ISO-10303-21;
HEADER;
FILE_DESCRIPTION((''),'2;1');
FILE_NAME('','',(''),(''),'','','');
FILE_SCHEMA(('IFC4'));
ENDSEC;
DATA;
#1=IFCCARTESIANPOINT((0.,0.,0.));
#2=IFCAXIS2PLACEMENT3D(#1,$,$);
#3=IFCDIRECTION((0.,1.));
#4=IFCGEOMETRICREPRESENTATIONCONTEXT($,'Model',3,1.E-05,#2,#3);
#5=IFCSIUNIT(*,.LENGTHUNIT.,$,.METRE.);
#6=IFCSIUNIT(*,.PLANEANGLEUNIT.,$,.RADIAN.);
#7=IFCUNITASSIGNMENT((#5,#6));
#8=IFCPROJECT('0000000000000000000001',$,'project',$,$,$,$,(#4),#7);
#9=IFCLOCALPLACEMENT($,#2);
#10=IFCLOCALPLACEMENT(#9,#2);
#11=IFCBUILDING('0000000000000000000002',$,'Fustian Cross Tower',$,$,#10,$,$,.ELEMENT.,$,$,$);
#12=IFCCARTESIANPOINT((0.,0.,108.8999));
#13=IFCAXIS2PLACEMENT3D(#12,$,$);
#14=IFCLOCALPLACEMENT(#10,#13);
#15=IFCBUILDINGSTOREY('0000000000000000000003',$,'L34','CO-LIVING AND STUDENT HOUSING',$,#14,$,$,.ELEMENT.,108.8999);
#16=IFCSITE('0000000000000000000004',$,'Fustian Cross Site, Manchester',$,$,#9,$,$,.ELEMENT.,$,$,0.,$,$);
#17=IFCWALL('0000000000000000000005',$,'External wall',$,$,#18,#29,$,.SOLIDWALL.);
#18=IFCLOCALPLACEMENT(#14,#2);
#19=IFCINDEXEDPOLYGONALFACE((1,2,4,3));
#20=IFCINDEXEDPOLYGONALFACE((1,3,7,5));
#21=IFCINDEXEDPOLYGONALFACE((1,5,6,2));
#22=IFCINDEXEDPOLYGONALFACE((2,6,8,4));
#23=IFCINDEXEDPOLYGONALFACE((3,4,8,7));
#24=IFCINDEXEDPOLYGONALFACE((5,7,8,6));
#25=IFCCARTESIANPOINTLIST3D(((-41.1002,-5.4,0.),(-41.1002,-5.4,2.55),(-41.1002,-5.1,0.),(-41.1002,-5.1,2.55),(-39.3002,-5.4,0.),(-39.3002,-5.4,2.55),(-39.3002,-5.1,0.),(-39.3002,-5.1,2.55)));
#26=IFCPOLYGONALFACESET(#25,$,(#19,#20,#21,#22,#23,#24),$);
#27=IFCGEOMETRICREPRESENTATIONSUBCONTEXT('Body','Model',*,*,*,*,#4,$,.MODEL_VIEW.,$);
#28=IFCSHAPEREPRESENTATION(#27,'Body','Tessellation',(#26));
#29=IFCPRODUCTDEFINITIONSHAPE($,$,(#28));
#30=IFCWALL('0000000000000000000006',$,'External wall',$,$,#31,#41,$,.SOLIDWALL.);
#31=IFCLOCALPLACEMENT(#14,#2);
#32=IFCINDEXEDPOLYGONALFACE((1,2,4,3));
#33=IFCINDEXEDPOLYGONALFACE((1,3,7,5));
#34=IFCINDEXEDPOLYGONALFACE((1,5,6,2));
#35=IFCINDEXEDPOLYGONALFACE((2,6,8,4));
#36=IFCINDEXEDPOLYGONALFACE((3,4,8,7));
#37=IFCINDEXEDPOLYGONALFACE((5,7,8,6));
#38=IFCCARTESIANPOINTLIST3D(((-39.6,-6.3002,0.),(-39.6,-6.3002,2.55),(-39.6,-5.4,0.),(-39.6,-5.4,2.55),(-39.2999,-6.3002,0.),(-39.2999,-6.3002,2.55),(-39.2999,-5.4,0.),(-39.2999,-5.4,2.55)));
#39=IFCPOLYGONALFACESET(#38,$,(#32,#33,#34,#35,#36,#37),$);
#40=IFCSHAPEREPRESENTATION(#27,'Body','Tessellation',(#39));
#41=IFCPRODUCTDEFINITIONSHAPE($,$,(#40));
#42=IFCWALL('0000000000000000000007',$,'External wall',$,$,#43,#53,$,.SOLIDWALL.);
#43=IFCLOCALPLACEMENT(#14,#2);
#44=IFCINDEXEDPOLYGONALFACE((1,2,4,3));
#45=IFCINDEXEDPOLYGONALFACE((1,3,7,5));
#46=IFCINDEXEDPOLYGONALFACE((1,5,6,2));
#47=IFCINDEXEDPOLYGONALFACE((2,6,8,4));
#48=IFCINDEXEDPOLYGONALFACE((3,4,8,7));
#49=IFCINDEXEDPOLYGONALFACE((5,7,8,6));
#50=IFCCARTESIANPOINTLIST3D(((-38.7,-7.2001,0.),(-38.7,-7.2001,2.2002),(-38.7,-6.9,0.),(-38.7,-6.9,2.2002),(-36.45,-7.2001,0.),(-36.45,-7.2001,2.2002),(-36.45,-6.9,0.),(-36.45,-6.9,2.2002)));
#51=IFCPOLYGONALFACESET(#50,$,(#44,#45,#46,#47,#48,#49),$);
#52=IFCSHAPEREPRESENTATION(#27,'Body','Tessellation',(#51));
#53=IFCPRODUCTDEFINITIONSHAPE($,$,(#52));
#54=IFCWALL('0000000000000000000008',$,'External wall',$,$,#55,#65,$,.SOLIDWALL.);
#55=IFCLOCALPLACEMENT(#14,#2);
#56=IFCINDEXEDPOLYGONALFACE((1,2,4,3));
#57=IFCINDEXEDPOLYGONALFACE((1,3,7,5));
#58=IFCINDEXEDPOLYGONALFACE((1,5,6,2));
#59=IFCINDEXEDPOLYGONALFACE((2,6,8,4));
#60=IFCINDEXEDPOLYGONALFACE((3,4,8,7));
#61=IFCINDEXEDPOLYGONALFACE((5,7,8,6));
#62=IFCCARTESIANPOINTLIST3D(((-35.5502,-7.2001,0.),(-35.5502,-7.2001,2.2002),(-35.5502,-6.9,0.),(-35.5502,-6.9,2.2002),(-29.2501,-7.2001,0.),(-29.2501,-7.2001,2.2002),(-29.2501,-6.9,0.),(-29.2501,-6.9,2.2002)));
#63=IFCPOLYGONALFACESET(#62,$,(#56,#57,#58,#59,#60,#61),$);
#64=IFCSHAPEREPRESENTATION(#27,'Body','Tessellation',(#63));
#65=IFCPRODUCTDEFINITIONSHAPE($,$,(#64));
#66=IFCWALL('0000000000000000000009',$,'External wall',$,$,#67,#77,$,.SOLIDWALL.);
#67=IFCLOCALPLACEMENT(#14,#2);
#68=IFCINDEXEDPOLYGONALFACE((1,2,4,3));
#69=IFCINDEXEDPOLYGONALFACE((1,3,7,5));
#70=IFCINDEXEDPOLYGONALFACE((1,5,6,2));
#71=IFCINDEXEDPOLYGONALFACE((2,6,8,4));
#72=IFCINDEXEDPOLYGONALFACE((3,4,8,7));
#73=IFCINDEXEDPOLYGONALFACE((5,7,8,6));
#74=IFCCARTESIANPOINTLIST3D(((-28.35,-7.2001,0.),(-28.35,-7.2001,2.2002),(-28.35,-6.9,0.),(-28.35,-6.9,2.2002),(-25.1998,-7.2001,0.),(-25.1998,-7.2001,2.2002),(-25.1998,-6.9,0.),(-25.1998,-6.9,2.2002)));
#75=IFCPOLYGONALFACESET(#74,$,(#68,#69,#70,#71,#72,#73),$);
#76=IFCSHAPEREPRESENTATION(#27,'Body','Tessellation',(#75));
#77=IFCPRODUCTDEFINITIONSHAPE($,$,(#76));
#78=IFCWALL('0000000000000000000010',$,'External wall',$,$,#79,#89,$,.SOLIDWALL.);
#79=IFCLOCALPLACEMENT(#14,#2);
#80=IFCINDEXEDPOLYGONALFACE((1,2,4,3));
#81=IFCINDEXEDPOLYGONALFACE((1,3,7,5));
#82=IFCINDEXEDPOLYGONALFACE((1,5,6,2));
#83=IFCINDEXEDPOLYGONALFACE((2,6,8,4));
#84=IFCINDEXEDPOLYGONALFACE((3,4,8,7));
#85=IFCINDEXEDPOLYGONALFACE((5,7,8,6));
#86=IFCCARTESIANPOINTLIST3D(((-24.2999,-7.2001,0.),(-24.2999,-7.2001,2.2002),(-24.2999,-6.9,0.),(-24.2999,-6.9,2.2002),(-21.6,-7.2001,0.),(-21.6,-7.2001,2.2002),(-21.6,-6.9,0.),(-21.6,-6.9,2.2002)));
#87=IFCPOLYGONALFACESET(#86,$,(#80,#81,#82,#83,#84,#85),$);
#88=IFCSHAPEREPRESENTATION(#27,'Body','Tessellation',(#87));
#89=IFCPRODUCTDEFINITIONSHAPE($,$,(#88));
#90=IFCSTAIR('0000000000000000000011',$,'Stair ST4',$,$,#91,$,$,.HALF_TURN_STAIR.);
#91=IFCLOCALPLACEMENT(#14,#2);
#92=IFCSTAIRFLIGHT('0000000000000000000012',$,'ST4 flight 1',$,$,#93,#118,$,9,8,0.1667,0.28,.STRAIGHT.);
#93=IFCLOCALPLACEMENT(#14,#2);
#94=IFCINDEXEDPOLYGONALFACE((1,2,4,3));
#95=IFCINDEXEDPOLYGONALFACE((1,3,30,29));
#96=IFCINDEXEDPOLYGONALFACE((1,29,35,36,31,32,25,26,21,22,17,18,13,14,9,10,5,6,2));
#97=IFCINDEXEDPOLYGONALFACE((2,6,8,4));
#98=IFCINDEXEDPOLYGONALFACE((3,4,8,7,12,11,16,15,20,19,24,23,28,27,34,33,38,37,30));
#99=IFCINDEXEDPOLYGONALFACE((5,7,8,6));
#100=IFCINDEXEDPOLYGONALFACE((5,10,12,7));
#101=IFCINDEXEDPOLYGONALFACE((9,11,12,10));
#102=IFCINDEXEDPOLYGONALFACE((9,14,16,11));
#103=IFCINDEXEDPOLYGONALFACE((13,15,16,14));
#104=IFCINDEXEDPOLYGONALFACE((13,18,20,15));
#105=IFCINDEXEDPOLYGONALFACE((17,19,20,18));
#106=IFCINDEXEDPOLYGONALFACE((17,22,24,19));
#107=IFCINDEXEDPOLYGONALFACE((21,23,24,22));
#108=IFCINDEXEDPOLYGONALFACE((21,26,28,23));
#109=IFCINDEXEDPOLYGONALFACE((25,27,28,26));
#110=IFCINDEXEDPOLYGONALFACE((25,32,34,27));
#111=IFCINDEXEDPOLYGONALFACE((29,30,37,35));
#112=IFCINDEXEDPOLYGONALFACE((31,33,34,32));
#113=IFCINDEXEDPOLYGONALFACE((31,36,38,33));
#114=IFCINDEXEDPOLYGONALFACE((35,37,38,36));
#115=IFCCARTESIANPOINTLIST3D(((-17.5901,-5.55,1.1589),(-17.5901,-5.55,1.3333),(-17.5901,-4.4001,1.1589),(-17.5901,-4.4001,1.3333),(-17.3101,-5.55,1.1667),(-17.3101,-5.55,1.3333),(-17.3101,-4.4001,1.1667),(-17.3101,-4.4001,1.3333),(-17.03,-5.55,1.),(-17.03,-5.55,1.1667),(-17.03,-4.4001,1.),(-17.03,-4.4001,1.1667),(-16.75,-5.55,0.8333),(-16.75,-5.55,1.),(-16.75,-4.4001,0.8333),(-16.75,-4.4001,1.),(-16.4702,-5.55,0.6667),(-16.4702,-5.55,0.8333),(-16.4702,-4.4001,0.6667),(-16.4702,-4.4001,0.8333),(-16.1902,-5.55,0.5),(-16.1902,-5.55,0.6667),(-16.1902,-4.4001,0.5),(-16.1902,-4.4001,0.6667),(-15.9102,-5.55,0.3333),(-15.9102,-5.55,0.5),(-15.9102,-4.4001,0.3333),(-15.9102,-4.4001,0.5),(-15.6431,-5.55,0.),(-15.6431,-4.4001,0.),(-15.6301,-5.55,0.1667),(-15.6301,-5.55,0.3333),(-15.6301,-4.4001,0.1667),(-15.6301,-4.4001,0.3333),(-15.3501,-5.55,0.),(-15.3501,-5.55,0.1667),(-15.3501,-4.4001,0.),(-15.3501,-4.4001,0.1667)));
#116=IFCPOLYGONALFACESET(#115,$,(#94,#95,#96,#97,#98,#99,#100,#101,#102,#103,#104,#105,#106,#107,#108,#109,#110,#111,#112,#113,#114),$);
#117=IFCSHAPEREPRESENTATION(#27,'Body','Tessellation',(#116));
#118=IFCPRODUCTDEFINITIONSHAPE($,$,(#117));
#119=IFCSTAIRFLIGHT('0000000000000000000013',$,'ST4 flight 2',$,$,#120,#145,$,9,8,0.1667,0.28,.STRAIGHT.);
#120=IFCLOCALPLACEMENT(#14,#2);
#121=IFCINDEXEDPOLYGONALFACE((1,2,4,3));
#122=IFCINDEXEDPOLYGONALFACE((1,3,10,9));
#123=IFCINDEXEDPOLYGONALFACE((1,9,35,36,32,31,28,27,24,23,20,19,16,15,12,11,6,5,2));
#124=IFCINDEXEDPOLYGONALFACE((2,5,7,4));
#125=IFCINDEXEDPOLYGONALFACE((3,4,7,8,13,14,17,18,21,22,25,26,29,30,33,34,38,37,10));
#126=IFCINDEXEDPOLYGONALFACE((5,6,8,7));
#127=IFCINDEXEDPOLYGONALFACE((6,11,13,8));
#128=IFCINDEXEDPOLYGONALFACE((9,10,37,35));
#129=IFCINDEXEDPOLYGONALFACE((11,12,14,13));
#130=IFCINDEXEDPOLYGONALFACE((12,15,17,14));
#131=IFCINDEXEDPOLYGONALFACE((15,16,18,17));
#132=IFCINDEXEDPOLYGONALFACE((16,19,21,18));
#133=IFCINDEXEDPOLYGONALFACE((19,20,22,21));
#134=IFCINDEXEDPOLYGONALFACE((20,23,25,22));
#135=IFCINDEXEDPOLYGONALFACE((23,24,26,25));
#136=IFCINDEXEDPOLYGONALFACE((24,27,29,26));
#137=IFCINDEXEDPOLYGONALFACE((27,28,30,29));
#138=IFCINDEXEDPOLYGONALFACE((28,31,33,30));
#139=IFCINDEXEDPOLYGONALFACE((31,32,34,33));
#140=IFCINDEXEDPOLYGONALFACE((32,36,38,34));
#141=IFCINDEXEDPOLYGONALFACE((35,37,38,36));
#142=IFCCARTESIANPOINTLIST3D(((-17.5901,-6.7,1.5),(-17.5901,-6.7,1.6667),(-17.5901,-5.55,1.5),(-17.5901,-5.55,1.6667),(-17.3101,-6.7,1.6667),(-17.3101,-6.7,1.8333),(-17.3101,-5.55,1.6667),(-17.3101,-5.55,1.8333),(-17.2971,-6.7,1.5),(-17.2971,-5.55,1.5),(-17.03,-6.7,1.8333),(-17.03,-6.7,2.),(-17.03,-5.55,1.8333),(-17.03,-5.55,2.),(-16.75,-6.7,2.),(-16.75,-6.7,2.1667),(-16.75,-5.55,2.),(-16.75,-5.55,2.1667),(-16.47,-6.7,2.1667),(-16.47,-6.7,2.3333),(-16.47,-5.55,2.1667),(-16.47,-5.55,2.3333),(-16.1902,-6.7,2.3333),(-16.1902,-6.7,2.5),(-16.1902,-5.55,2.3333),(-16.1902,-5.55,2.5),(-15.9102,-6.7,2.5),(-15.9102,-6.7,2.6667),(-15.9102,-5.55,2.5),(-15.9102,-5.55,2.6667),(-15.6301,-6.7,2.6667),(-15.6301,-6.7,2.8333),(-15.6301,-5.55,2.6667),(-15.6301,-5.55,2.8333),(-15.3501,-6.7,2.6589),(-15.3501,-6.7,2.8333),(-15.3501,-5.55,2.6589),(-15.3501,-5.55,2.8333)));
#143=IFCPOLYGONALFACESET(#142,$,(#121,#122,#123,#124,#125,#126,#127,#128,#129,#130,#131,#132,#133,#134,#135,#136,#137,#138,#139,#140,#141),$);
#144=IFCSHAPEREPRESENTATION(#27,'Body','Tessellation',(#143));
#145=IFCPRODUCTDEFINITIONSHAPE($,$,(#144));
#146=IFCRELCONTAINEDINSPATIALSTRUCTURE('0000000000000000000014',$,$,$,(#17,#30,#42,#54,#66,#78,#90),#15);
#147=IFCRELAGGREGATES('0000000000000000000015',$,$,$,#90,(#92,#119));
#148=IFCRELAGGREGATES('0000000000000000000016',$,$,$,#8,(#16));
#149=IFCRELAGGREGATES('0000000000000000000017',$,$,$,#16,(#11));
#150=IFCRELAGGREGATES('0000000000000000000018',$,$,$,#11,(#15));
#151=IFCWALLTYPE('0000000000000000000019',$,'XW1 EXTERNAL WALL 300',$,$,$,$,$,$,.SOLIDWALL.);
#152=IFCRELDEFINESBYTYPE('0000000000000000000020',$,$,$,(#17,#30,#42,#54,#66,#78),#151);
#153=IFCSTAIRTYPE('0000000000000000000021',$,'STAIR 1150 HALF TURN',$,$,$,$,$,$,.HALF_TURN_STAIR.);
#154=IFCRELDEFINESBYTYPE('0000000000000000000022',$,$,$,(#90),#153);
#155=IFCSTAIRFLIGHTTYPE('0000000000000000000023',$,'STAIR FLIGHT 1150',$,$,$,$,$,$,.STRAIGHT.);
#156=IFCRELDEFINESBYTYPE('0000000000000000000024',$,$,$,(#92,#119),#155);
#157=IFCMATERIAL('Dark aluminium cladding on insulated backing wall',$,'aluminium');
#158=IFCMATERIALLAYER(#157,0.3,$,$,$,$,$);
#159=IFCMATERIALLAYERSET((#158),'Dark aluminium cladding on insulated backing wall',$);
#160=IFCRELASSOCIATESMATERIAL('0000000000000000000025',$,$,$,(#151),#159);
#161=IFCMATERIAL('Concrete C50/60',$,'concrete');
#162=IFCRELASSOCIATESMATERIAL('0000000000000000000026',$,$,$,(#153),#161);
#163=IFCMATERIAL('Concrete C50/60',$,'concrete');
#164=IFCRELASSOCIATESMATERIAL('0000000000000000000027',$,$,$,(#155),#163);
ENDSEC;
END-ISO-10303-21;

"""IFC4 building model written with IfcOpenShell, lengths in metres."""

from ifc_helpers import new_model, si_unit, direction, frame, frame_2d, origin, place, context, subcontext, project, spatial, polyline, rectangle, outline, extrude, material, layer, layer_set, type_object, element, aggregate, save


model = new_model("IFC4")

# Units and contexts
model_context = context("Model", 3, precision=1e-05, world=origin(), true_north=direction((0.0, 1.0)))
body_context = subcontext(model_context, "Body", "Model", "MODEL_VIEW")
ifc_project = project(units=[si_unit("LENGTHUNIT", "METRE"), si_unit("PLANEANGLEUNIT", "RADIAN")], contexts=[model_context])

# Site, building, storey
site_placement = place(None, origin())
site = spatial("IfcSite", under=ifc_project, at=site_placement, Name="Fustian Cross Site, Manchester", CompositionType="ELEMENT", RefElevation=0.0)
building_placement = place(site_placement, origin())
building = spatial("IfcBuilding", under=site, at=building_placement, Name="Fustian Cross Tower", CompositionType="ELEMENT")
storey_placement = place(building_placement, frame((0.0, 0.0, 108.8999)))
storey = spatial("IfcBuildingStorey", under=building, at=storey_placement, Name="L34", Description="CO-LIVING AND STUDENT HOUSING", CompositionType="ELEMENT", Elevation=108.8999)

# Walls
ifc_material_1 = material(Name="Dark aluminium cladding on insulated backing wall", Category="aluminium")
ifc_layer_1 = layer(ifc_material_1, 0.3)
ifc_layer_set_1 = layer_set([ifc_layer_1], Name="Dark aluminium cladding on insulated backing wall")
wall_type_1 = type_object("IfcWallType", Name="XW1 EXTERNAL WALL 300", PredefinedType="SOLIDWALL", material=ifc_layer_set_1)
wall_1_placement = place(storey_placement, frame((-41.1001, -5.25, 0.0), z_axis=(0.0, 0.0, 1.0), x_axis=(1.0, 0.0, 0.0)))
element("IfcWall", 1, at=wall_1_placement, inside=storey, type_object=wall_type_1, Name="External wall", PredefinedType="SOLIDWALL", context=body_context, shape_type="SweptSolid", body=[
    extrude(rectangle(XDim=1.8, YDim=0.3, at=frame_2d((0.8999, 0.0))), origin(), (0.0, 0.0, 1.0), 2.55),
])
wall_2_placement = place(storey_placement, frame((-39.45, -5.3999, 0.0), z_axis=(0.0, 0.0, 1.0), x_axis=(0.0, -1.0, 0.0)))
element("IfcWall", 2, at=wall_2_placement, inside=storey, type_object=wall_type_1, Name="External wall", PredefinedType="SOLIDWALL", context=body_context, shape_type="SweptSolid", body=[
    extrude(rectangle(XDim=0.9001, YDim=0.3, at=frame_2d((0.4502, 0.0))), origin(), (0.0, 0.0, 1.0), 2.55),
])
wall_3_placement = place(storey_placement, frame((-38.7, -7.05, 0.0), z_axis=(0.0, 0.0, 1.0), x_axis=(1.0, 0.0, 0.0)))
element("IfcWall", 3, at=wall_3_placement, inside=storey, type_object=wall_type_1, Name="External wall", PredefinedType="SOLIDWALL", context=body_context, shape_type="SweptSolid", body=[
    extrude(rectangle(XDim=2.25, YDim=0.3, at=frame_2d((1.125, 0.0))), origin(), (0.0, 0.0, 1.0), 2.2002),
])
wall_4_placement = place(storey_placement, frame((-35.55, -7.05, 0.0), z_axis=(0.0, 0.0, 1.0), x_axis=(1.0, 0.0, 0.0)))
element("IfcWall", 4, at=wall_4_placement, inside=storey, type_object=wall_type_1, Name="External wall", PredefinedType="SOLIDWALL", context=body_context, shape_type="SweptSolid", body=[
    extrude(rectangle(XDim=6.3, YDim=0.3, at=frame_2d((3.1499, 0.0))), origin(), (0.0, 0.0, 1.0), 2.2002),
])
wall_5_placement = place(storey_placement, frame((-28.3501, -7.05, 0.0), z_axis=(0.0, 0.0, 1.0), x_axis=(1.0, 0.0, 0.0)))
element("IfcWall", 5, at=wall_5_placement, inside=storey, type_object=wall_type_1, Name="External wall", PredefinedType="SOLIDWALL", context=body_context, shape_type="SweptSolid", body=[
    extrude(rectangle(XDim=3.1501, YDim=0.3, at=frame_2d((1.5752, 0.0))), origin(), (0.0, 0.0, 1.0), 2.2002),
])
wall_6_placement = place(storey_placement, frame((-24.3, -7.05, 0.0), z_axis=(0.0, 0.0, 1.0), x_axis=(1.0, 0.0, 0.0)))
element("IfcWall", 6, at=wall_6_placement, inside=storey, type_object=wall_type_1, Name="External wall", PredefinedType="SOLIDWALL", context=body_context, shape_type="SweptSolid", body=[
    extrude(rectangle(XDim=2.7, YDim=0.3, at=frame_2d((1.3501, 0.0))), origin(), (0.0, 0.0, 1.0), 2.2002),
])

# Stair, stair flights
ifc_material_2 = material(Name="Concrete C50/60", Category="concrete")
stair_type = type_object("IfcStairType", Name="STAIR 1150 HALF TURN", PredefinedType="HALF_TURN_STAIR", material=ifc_material_2)
stair_placement = place(storey_placement, origin())
stair = element("IfcStair", 7, at=stair_placement, inside=storey, type_object=stair_type, Name="Stair ST4", PredefinedType="HALF_TURN_STAIR")
ifc_material_3 = material(Name="Concrete C50/60", Category="concrete")
stair_flight_type = type_object("IfcStairFlightType", Name="STAIR FLIGHT 1150", PredefinedType="STRAIGHT", material=ifc_material_3)
stair_flight_1_placement = place(storey_placement, frame((-15.3501, -4.9751, 0.0), z_axis=(0.0, 0.0, 1.0), x_axis=(-1.0, 0.0, 0.0)))
stair_flight_1 = element("IfcStairFlight", 8, at=stair_flight_1_placement, type_object=stair_flight_type, Name="ST4 flight 1", NumberOfRisers=9, NumberOfTreads=8, PredefinedType="STRAIGHT", RiserHeight=0.1667, TreadLength=0.28, context=body_context, shape_type="SweptSolid", body=[
    extrude(outline(polyline([(0.0, 0.0), (0.0, 0.1667), (0.28, 0.1667), (0.28, 0.3333), (0.5601, 0.3333), (0.5601, 0.5), (0.8401, 0.5), (0.8401, 0.6667), (1.1201, 0.6667), (1.1201, 0.8333), (1.3999, 0.8333), (1.3999, 1.0), (1.6799, 1.0), (1.6799, 1.1667), (1.96, 1.1667), (1.96, 1.3333), (2.24, 1.3333), (2.24, 1.5), (2.24, 1.1589), (0.293, 0.0), (0.0, 0.0)])), frame((0.0, 0.575, 0.0), z_axis=(0.0, -1.0, 0.0), x_axis=(1.0, 0.0, 0.0)), (0.0, 0.0, 1.0), 1.1499),
])
stair_flight_2_placement = place(storey_placement, frame((-17.5901, -6.125, 1.5), z_axis=(0.0, 0.0, 1.0), x_axis=(1.0, 0.0, 0.0)))
stair_flight_2 = element("IfcStairFlight", 9, at=stair_flight_2_placement, type_object=stair_flight_type, Name="ST4 flight 2", NumberOfRisers=9, NumberOfTreads=8, PredefinedType="STRAIGHT", RiserHeight=0.1667, TreadLength=0.28, context=body_context, shape_type="SweptSolid", body=[
    extrude(outline(polyline([(0.0, 0.0), (0.0, 0.1667), (0.28, 0.1667), (0.28, 0.3333), (0.5601, 0.3333), (0.5601, 0.5), (0.8401, 0.5), (0.8401, 0.6667), (1.1201, 0.6667), (1.1201, 0.8333), (1.3999, 0.8333), (1.3999, 1.0), (1.6799, 1.0), (1.6799, 1.1667), (1.96, 1.1667), (1.96, 1.3333), (2.24, 1.3333), (2.24, 1.5), (2.24, 1.1589), (0.293, 0.0), (0.0, 0.0)])), frame((0.0, 0.575, 0.0), z_axis=(0.0, -1.0, 0.0), x_axis=(1.0, 0.0, 0.0)), (0.0, 0.0, 1.0), 1.1499),
])
aggregate(stair, [stair_flight_1, stair_flight_2])

save(model, "model.ifc")
